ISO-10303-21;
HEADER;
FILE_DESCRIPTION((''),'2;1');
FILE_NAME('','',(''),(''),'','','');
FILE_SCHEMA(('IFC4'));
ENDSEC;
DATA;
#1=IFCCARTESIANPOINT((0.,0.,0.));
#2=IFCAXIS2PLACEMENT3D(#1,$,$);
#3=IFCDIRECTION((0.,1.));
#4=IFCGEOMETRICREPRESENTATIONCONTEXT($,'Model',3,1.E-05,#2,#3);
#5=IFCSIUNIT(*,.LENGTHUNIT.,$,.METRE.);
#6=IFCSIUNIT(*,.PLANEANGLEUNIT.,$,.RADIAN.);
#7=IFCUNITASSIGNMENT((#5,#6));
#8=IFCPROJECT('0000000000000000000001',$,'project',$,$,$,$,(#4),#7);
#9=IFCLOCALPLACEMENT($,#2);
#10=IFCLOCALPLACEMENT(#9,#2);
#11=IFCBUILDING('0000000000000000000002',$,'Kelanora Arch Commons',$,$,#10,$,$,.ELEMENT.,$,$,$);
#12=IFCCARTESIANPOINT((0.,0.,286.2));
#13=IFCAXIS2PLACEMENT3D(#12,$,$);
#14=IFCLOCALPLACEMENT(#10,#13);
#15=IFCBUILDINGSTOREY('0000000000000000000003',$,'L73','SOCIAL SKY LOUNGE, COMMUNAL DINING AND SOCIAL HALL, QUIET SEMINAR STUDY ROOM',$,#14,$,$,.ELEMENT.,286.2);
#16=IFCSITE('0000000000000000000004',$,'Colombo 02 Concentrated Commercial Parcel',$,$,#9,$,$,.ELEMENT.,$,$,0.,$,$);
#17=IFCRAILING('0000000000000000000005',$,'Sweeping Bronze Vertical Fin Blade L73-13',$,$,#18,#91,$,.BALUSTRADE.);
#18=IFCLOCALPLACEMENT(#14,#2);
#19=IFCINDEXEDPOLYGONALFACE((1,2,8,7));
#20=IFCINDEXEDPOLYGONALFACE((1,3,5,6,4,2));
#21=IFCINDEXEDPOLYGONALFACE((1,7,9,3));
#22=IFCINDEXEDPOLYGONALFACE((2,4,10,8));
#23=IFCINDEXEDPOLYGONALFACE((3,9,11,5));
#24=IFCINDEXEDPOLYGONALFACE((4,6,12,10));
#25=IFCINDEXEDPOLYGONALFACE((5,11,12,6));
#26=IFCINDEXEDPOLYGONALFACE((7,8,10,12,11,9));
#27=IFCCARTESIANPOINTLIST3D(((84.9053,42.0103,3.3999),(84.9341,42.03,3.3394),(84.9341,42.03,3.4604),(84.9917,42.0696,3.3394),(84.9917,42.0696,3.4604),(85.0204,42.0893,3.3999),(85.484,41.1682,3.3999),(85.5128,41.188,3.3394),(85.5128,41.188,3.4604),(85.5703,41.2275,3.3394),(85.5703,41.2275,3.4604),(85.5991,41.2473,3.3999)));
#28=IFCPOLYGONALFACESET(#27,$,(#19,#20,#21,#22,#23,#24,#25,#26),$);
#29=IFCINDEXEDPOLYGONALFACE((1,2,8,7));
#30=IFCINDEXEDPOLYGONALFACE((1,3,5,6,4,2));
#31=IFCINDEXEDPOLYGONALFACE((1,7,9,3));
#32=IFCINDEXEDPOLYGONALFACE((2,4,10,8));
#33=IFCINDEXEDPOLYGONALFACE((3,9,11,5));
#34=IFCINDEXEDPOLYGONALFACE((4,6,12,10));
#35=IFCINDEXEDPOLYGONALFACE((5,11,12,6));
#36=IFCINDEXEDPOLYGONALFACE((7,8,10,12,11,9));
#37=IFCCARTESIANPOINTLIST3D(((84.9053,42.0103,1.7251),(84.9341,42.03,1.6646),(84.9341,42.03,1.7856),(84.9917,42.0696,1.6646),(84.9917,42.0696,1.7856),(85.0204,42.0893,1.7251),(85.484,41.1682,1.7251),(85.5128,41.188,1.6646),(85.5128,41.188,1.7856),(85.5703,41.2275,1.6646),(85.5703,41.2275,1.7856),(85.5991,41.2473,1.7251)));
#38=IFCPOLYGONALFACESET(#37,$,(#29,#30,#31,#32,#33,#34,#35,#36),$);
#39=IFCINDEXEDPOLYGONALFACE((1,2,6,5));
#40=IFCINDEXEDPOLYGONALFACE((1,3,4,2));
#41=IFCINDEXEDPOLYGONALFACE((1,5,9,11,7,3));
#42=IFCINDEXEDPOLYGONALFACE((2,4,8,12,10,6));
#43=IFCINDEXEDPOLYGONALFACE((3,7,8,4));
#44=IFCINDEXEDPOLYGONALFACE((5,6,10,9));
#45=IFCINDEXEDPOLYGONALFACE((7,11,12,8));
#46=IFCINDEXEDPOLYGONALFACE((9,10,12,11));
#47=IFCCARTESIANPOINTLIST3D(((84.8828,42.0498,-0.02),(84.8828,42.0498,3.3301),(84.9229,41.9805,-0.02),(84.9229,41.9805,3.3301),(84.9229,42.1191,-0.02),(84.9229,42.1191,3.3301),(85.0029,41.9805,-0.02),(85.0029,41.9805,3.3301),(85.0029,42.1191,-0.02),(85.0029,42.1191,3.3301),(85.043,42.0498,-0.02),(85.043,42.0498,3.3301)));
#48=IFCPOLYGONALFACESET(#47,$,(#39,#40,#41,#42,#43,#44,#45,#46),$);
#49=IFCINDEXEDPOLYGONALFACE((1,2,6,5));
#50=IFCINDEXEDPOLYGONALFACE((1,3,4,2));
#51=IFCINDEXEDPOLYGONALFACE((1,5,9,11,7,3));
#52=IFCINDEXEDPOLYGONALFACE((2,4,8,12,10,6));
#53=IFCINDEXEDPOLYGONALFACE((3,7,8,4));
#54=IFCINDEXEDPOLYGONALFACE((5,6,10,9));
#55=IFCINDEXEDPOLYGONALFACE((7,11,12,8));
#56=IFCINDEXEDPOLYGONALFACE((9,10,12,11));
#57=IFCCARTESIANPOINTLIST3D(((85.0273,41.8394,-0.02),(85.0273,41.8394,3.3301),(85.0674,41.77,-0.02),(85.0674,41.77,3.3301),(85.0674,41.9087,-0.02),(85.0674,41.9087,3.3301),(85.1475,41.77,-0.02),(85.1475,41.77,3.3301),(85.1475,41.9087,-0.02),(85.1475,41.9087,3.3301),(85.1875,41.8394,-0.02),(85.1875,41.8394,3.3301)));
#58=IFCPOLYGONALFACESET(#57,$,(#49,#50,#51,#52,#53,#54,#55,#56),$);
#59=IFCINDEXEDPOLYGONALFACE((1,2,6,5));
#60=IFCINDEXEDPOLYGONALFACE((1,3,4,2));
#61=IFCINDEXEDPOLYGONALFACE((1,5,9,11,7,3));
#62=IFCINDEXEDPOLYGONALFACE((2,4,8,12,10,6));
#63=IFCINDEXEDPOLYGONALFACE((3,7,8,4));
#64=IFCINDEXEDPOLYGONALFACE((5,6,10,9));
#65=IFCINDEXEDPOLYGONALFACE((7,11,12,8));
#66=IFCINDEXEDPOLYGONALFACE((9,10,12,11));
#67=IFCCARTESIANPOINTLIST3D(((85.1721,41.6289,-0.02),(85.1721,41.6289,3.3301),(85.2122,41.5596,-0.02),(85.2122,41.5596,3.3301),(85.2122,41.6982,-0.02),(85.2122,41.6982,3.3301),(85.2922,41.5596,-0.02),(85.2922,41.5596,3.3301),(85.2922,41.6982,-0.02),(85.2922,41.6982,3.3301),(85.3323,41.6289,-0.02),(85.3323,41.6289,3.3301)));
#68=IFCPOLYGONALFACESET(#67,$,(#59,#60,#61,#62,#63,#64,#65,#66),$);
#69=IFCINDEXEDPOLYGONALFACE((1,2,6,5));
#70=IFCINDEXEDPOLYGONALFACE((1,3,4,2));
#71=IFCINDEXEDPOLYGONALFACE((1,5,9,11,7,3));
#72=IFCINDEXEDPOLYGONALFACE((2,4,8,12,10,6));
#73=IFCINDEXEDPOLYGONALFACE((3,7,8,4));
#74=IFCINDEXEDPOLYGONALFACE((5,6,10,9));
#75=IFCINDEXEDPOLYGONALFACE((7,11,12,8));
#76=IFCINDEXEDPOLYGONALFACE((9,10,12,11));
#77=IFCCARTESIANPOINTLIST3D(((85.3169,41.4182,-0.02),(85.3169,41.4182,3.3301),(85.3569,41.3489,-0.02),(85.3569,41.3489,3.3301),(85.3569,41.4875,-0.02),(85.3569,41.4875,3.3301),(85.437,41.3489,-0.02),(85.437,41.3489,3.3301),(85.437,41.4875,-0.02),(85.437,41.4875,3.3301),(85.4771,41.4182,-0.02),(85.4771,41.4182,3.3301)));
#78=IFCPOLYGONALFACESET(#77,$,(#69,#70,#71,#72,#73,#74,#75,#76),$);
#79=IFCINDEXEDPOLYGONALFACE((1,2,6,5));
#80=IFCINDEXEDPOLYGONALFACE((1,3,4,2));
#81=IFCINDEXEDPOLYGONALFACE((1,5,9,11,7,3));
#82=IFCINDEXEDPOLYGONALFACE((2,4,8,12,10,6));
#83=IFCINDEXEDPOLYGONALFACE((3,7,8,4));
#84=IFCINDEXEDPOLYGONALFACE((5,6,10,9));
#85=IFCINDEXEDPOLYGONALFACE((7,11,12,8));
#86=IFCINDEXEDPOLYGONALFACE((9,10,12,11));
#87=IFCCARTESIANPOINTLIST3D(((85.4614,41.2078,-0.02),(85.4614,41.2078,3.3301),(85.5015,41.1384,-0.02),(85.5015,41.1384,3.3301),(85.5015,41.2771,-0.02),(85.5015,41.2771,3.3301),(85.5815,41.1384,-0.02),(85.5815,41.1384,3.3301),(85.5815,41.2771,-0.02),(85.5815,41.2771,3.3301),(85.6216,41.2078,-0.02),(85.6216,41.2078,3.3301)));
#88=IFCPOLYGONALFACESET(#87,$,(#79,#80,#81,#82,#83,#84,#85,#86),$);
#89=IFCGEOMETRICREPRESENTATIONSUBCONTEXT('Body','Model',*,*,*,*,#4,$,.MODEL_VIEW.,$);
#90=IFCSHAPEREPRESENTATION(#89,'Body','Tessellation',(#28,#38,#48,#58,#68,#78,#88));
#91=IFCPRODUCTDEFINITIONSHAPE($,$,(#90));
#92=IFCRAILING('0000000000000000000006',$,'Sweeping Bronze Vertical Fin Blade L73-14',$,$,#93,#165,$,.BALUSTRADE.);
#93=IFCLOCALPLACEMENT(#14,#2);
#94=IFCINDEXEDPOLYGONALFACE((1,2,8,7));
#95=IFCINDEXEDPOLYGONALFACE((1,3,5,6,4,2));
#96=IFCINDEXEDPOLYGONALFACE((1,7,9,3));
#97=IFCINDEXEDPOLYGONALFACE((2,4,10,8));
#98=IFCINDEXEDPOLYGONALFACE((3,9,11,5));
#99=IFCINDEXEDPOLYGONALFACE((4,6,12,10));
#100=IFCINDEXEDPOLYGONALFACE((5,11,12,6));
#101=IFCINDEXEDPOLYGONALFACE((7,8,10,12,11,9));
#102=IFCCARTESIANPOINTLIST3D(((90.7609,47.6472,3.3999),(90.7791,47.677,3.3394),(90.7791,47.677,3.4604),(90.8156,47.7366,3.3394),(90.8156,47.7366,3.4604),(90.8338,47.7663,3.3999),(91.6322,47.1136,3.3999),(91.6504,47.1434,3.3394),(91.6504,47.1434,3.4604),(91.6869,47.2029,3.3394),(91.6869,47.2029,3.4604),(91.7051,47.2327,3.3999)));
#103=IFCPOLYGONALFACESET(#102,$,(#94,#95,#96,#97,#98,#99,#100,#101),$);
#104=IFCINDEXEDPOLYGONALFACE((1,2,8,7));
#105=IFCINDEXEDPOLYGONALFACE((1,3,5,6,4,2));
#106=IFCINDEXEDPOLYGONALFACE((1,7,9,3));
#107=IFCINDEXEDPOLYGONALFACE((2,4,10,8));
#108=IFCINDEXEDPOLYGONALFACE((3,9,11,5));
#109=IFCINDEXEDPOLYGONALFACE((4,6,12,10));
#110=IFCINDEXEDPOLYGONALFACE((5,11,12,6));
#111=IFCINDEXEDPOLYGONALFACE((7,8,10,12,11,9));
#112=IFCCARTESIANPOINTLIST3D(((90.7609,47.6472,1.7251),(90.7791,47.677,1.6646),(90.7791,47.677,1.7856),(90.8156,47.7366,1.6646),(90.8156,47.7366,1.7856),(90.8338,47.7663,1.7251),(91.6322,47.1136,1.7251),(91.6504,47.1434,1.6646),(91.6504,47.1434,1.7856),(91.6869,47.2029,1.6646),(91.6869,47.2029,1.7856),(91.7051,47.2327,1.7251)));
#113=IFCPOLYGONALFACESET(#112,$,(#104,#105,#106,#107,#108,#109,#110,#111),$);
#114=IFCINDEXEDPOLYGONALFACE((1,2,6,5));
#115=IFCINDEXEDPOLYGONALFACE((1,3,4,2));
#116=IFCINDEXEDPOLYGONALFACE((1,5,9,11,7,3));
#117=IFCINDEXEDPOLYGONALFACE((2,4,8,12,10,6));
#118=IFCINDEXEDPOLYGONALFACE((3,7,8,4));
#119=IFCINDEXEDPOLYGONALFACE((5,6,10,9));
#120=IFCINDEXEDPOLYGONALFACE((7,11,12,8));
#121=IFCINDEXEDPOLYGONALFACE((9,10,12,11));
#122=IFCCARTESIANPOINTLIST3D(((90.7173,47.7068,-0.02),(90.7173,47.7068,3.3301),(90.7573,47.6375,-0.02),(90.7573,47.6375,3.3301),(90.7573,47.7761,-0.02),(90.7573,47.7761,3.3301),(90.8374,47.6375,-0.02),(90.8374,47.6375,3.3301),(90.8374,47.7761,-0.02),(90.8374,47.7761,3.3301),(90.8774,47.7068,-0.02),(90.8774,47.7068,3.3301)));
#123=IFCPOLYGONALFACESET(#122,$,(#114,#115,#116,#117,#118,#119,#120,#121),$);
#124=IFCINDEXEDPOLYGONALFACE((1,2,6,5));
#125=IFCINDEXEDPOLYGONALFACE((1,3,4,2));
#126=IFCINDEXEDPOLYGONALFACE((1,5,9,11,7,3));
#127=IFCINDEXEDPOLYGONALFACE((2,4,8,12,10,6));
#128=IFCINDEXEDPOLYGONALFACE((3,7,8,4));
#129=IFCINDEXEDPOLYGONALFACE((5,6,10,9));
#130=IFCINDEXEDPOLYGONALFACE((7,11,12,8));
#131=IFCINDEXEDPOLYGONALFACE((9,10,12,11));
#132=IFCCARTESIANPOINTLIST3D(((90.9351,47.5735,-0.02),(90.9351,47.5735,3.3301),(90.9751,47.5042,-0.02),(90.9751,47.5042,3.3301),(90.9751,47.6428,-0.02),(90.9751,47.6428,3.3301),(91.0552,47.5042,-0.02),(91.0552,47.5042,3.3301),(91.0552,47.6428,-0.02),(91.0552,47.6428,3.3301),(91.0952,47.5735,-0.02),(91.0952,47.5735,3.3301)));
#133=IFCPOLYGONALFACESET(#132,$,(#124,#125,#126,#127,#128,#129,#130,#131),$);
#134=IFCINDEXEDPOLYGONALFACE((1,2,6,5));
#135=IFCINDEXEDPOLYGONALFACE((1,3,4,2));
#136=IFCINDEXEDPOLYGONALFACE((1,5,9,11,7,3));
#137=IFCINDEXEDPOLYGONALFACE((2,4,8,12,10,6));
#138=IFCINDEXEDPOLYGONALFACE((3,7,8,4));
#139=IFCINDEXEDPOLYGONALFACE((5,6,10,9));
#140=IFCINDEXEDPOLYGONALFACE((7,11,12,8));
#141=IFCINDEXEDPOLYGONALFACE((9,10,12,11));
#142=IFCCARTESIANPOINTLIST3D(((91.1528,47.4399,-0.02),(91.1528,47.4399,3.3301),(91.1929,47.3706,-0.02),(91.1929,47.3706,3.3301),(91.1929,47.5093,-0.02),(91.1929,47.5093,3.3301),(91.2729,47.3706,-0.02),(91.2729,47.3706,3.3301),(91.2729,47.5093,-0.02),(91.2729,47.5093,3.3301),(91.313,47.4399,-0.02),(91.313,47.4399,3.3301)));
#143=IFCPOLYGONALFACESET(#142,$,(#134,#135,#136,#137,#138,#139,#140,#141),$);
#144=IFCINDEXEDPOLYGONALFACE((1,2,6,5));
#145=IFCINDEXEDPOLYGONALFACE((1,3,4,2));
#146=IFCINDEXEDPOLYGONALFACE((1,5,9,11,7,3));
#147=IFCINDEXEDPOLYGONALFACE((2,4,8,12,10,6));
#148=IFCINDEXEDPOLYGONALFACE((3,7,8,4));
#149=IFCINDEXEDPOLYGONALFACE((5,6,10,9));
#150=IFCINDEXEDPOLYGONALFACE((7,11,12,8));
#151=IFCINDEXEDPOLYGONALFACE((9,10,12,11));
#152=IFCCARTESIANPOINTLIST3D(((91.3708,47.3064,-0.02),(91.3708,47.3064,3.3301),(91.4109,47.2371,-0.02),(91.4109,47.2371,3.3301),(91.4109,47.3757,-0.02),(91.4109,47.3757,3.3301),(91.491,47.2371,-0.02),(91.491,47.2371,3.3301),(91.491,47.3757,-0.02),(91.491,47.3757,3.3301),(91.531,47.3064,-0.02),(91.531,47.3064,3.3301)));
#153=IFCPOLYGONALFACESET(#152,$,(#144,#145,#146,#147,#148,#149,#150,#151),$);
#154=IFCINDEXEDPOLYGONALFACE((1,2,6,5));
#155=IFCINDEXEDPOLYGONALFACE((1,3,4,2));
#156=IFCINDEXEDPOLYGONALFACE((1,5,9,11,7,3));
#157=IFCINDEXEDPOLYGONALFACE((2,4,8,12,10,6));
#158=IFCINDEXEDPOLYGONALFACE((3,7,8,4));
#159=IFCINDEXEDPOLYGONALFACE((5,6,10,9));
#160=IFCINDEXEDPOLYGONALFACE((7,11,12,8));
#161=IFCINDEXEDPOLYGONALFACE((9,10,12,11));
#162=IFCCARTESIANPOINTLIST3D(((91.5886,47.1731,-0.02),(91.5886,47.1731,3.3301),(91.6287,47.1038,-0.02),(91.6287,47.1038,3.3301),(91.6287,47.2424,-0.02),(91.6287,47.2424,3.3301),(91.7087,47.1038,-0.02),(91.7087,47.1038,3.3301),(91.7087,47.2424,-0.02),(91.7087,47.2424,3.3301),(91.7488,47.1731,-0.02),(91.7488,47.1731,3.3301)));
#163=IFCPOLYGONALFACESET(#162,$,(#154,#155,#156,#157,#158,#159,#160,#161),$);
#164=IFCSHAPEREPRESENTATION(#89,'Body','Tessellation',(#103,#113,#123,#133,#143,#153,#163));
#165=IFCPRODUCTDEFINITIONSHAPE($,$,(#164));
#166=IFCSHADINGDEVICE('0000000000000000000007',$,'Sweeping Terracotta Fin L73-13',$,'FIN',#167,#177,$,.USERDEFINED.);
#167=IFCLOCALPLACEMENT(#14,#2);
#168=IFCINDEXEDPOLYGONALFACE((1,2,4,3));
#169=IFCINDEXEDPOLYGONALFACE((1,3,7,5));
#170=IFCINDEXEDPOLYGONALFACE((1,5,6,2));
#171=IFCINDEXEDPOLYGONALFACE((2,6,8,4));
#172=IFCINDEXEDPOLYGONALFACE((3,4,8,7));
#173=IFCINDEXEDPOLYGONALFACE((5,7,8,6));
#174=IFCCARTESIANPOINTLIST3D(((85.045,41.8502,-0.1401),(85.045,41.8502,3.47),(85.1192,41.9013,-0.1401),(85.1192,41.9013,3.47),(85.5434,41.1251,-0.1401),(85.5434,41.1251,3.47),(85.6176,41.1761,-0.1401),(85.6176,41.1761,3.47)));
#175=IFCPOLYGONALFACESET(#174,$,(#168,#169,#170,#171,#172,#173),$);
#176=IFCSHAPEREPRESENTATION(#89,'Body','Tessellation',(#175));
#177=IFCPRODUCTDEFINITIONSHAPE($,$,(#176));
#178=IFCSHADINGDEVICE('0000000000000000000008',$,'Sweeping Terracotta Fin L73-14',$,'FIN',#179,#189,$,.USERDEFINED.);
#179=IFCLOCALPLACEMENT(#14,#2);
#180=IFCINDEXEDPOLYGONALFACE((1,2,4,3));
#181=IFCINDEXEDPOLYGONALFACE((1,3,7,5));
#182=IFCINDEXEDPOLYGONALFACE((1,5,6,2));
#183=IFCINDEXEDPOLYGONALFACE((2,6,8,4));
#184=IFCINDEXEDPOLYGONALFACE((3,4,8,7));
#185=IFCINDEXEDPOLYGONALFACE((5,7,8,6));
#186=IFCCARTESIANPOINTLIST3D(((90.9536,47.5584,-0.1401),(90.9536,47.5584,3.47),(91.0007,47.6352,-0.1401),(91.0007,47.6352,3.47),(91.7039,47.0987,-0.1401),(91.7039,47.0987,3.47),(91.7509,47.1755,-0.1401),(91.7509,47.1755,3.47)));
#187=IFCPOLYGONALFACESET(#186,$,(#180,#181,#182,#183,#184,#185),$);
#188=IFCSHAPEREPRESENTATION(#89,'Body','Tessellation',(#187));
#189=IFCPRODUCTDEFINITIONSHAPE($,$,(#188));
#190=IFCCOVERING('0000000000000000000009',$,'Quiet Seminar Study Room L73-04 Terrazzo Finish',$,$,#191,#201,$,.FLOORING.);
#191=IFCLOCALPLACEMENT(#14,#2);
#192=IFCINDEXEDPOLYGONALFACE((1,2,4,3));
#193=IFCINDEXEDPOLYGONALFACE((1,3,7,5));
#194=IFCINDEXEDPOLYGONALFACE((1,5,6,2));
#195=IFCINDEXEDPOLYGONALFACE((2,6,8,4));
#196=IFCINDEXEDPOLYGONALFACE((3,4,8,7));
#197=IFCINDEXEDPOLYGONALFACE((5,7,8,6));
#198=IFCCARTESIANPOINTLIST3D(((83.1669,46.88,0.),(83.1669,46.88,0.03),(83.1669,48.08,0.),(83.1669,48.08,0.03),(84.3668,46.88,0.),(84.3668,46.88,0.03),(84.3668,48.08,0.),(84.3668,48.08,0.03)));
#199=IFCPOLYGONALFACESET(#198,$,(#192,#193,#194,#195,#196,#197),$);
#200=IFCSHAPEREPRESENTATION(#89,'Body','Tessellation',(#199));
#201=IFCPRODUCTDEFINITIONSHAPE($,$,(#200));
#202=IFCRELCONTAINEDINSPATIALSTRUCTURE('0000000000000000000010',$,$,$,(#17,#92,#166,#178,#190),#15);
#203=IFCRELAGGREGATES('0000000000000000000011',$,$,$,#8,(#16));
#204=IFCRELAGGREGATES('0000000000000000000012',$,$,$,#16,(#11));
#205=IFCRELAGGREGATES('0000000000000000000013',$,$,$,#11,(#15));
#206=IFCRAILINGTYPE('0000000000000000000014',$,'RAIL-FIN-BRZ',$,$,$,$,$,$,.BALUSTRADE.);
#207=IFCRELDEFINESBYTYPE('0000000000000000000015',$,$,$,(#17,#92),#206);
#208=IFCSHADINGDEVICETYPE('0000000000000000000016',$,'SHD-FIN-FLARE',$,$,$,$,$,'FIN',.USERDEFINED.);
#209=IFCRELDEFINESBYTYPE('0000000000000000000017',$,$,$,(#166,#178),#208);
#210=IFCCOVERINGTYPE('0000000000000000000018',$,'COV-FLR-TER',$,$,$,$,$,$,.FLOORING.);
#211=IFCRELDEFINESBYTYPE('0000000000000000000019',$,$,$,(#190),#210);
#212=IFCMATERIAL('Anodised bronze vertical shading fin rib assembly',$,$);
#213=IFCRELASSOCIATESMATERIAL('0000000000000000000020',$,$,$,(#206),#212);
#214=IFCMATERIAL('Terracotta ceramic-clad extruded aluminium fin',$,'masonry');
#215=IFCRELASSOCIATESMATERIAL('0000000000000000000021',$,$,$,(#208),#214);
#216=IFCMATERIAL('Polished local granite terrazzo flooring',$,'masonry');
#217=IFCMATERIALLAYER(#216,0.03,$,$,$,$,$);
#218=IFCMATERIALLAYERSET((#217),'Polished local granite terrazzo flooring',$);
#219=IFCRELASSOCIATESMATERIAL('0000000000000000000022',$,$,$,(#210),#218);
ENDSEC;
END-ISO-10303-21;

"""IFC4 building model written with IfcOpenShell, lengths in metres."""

from ifc_helpers import new_model, si_unit, direction, frame, origin, origin_2d, place, context, subcontext, project, spatial, polyline, rectangle, outline, extrude, source, transform, mapped, material, layer, layer_set, type_object, element, save


model = new_model("IFC4")

# Units and contexts
model_context = context("Model", 3, precision=1e-05, world=origin(), true_north=direction((0.0, 1.0)))
body_context = subcontext(model_context, "Body", "Model", "MODEL_VIEW")
ifc_project = project(units=[si_unit("LENGTHUNIT", "METRE"), si_unit("PLANEANGLEUNIT", "RADIAN")], contexts=[model_context])

# Site, building, storey
site_placement = place(None, origin())
site = spatial("IfcSite", under=ifc_project, at=site_placement, Name="Colombo 02 Concentrated Commercial Parcel", CompositionType="ELEMENT", RefElevation=0.0)
building_placement = place(site_placement, origin())
building = spatial("IfcBuilding", under=site, at=building_placement, Name="Kelanora Arch Commons", CompositionType="ELEMENT")
storey_placement = place(building_placement, frame((0.0, 0.0, 286.2)))
storey = spatial("IfcBuildingStorey", under=building, at=storey_placement, Name="L73", Description="SOCIAL SKY LOUNGE, COMMUNAL DINING AND SOCIAL HALL, QUIET SEMINAR STUDY ROOM", CompositionType="ELEMENT", Elevation=286.2)

# Railings
ifc_material_1 = material(Name="Anodised bronze vertical shading fin rib assembly")
railing_type = type_object("IfcRailingType", Name="RAIL-FIN-BRZ", PredefinedType="BALUSTRADE", material=ifc_material_1)
railing_1_placement = place(storey_placement, frame((84.9629, 42.0498, -0.02)))
element("IfcRailing", 1, at=railing_1_placement, inside=storey, type_object=railing_type, Name="Sweeping Bronze Vertical Fin Blade L73-13", PredefinedType="BALUSTRADE", context=body_context, shape_type="SweptSolid", body=[
    extrude(outline(polyline([(0.0698, 0.0), (0.0349, 0.0605), (-0.0349, 0.0605), (-0.0698, 0.0), (-0.0349, -0.0605), (0.0349, -0.0605), (0.0698, 0.0)])), frame((0.0, 0.0, 3.4199), z_axis=(0.566336, -0.824174, 0.0), x_axis=(0.824174, 0.566336, 0.0)), (0.0, 0.0, 1.0), 1.0217),
    extrude(outline(polyline([(0.0698, 0.0), (0.0349, 0.0605), (-0.0349, 0.0605), (-0.0698, 0.0), (-0.0349, -0.0605), (0.0349, -0.0605), (0.0698, 0.0)])), frame((0.0, 0.0, 1.7451), z_axis=(0.566336, -0.824174, 0.0), x_axis=(0.824174, 0.566336, 0.0)), (0.0, 0.0, 1.0), 1.0217),
    extrude(outline(polyline([(0.0801, 0.0), (0.04, 0.0693), (-0.04, 0.0693), (-0.0801, 0.0), (-0.04, -0.0693), (0.04, -0.0693), (0.0801, 0.0)])), origin(), (0.0, 0.0, 1.0), 3.3501),
    extrude(outline(polyline([(0.0801, 0.0), (0.04, 0.0693), (-0.04, 0.0693), (-0.0801, 0.0), (-0.04, -0.0693), (0.04, -0.0693), (0.0801, 0.0)])), frame((0.1445, -0.2104, 0.0)), (0.0, 0.0, 1.0), 3.3501),
    extrude(outline(polyline([(0.0801, 0.0), (0.04, 0.0693), (-0.04, 0.0693), (-0.0801, 0.0), (-0.04, -0.0693), (0.04, -0.0693), (0.0801, 0.0)])), frame((0.2893, -0.4209, 0.0)), (0.0, 0.0, 1.0), 3.3501),
    extrude(outline(polyline([(0.0801, 0.0), (0.04, 0.0693), (-0.04, 0.0693), (-0.0801, 0.0), (-0.04, -0.0693), (0.04, -0.0693), (0.0801, 0.0)])), frame((0.4341, -0.6316, 0.0)), (0.0, 0.0, 1.0), 3.3501),
    extrude(outline(polyline([(0.0801, 0.0), (0.04, 0.0693), (-0.04, 0.0693), (-0.0801, 0.0), (-0.04, -0.0693), (0.04, -0.0693), (0.0801, 0.0)])), frame((0.5786, -0.842, 0.0)), (0.0, 0.0, 1.0), 3.3501),
])
railing_2_placement = place(storey_placement, frame((90.7974, 47.7068, -0.02)))
element("IfcRailing", 2, at=railing_2_placement, inside=storey, type_object=railing_type, Name="Sweeping Bronze Vertical Fin Blade L73-14", PredefinedType="BALUSTRADE", context=body_context, shape_type="SweptSolid", body=[
    extrude(outline(polyline([(0.0698, 0.0), (0.0349, 0.0605), (-0.0349, 0.0605), (-0.0698, 0.0), (-0.0349, -0.0605), (0.0349, -0.0605), (0.0698, 0.0)])), frame((0.0, 0.0, 3.4199), z_axis=(0.852756, -0.52231, 0.0), x_axis=(0.52231, 0.852756, 0.0)), (0.0, 0.0, 1.0), 1.0217),
    extrude(outline(polyline([(0.0698, 0.0), (0.0349, 0.0605), (-0.0349, 0.0605), (-0.0698, 0.0), (-0.0349, -0.0605), (0.0349, -0.0605), (0.0698, 0.0)])), frame((0.0, 0.0, 1.7451), z_axis=(0.852756, -0.52231, 0.0), x_axis=(0.52231, 0.852756, 0.0)), (0.0, 0.0, 1.0), 1.0217),
    extrude(outline(polyline([(0.0801, 0.0), (0.04, 0.0693), (-0.04, 0.0693), (-0.0801, 0.0), (-0.04, -0.0693), (0.04, -0.0693), (0.0801, 0.0)])), origin(), (0.0, 0.0, 1.0), 3.3501),
    extrude(outline(polyline([(0.0801, 0.0), (0.04, 0.0693), (-0.04, 0.0693), (-0.0801, 0.0), (-0.04, -0.0693), (0.04, -0.0693), (0.0801, 0.0)])), frame((0.2178, -0.1333, 0.0)), (0.0, 0.0, 1.0), 3.3501),
    extrude(outline(polyline([(0.0801, 0.0), (0.04, 0.0693), (-0.04, 0.0693), (-0.0801, 0.0), (-0.04, -0.0693), (0.04, -0.0693), (0.0801, 0.0)])), frame((0.4355, -0.2668, 0.0)), (0.0, 0.0, 1.0), 3.3501),
    extrude(outline(polyline([(0.0801, 0.0), (0.04, 0.0693), (-0.04, 0.0693), (-0.0801, 0.0), (-0.04, -0.0693), (0.04, -0.0693), (0.0801, 0.0)])), frame((0.6536, -0.4004, 0.0)), (0.0, 0.0, 1.0), 3.3501),
    extrude(outline(polyline([(0.0801, 0.0), (0.04, 0.0693), (-0.04, 0.0693), (-0.0801, 0.0), (-0.04, -0.0693), (0.04, -0.0693), (0.0801, 0.0)])), frame((0.8713, -0.5337, 0.0)), (0.0, 0.0, 1.0), 3.3501),
])

# Shading devices
ifc_material_2 = material(Name="Terracotta ceramic-clad extruded aluminium fin", Category="masonry")
shading_device_type = type_object("IfcShadingDeviceType", Name="SHD-FIN-FLARE", ElementType="FIN", PredefinedType="USERDEFINED", material=ifc_material_2)
shared_shape_1 = source(origin(), body_context, "Body", "SweptSolid", [
    extrude(rectangle(XDim=0.8799, YDim=0.0901, at=origin_2d()), origin(), (0.0, 0.0, 1.0), 3.6101),
])
for number, where, z_axis, x_axis, name in (
    (3, (85.3313, 41.5132, -0.1401), (0.0, 0.0, 1.0), (0.566406, -0.824126, 0.0), "Sweeping Terracotta Fin L73-13"),
    (4, (91.3523, 47.3669, -0.1401), (0.0, 0.0, 1.0), (0.85264, -0.522499, 0.0), "Sweeping Terracotta Fin L73-14"),
):
    element("IfcShadingDevice", number, at=place(storey_placement, frame(where, z_axis=z_axis, x_axis=x_axis)), inside=storey, type_object=shading_device_type, Name=name, ObjectType="FIN", PredefinedType="USERDEFINED", context=body_context, shape_type="MappedRepresentation", body=[
        mapped(shared_shape_1, transform((0.0, 0.0, 0.0), scale=1.0)),
    ])

# Covering
ifc_material_3 = material(Name="Polished local granite terrazzo flooring", Category="masonry")
ifc_layer_1 = layer(ifc_material_3, 0.03)
ifc_layer_set_1 = layer_set([ifc_layer_1], Name="Polished local granite terrazzo flooring")
covering_type = type_object("IfcCoveringType", Name="COV-FLR-TER", PredefinedType="FLOORING", material=ifc_layer_set_1)
shared_shape_2 = source(origin(), body_context, "Body", "SweptSolid", [
    extrude(rectangle(XDim=1.2, YDim=1.2, at=origin_2d()), origin(), (0.0, 0.0, 1.0), 0.03),
])
covering_placement = place(storey_placement, frame((83.7668, 47.48, 0.0), z_axis=(0.0, 0.0, 1.0), x_axis=(1.0, 0.0, 0.0)))
element("IfcCovering", 5, at=covering_placement, inside=storey, type_object=covering_type, Name="Quiet Seminar Study Room L73-04 Terrazzo Finish", PredefinedType="FLOORING", context=body_context, shape_type="MappedRepresentation", body=[
    mapped(shared_shape_2, transform((0.0, 0.0, 0.0), scale=1.0)),
])

save(model, "model.ifc")
